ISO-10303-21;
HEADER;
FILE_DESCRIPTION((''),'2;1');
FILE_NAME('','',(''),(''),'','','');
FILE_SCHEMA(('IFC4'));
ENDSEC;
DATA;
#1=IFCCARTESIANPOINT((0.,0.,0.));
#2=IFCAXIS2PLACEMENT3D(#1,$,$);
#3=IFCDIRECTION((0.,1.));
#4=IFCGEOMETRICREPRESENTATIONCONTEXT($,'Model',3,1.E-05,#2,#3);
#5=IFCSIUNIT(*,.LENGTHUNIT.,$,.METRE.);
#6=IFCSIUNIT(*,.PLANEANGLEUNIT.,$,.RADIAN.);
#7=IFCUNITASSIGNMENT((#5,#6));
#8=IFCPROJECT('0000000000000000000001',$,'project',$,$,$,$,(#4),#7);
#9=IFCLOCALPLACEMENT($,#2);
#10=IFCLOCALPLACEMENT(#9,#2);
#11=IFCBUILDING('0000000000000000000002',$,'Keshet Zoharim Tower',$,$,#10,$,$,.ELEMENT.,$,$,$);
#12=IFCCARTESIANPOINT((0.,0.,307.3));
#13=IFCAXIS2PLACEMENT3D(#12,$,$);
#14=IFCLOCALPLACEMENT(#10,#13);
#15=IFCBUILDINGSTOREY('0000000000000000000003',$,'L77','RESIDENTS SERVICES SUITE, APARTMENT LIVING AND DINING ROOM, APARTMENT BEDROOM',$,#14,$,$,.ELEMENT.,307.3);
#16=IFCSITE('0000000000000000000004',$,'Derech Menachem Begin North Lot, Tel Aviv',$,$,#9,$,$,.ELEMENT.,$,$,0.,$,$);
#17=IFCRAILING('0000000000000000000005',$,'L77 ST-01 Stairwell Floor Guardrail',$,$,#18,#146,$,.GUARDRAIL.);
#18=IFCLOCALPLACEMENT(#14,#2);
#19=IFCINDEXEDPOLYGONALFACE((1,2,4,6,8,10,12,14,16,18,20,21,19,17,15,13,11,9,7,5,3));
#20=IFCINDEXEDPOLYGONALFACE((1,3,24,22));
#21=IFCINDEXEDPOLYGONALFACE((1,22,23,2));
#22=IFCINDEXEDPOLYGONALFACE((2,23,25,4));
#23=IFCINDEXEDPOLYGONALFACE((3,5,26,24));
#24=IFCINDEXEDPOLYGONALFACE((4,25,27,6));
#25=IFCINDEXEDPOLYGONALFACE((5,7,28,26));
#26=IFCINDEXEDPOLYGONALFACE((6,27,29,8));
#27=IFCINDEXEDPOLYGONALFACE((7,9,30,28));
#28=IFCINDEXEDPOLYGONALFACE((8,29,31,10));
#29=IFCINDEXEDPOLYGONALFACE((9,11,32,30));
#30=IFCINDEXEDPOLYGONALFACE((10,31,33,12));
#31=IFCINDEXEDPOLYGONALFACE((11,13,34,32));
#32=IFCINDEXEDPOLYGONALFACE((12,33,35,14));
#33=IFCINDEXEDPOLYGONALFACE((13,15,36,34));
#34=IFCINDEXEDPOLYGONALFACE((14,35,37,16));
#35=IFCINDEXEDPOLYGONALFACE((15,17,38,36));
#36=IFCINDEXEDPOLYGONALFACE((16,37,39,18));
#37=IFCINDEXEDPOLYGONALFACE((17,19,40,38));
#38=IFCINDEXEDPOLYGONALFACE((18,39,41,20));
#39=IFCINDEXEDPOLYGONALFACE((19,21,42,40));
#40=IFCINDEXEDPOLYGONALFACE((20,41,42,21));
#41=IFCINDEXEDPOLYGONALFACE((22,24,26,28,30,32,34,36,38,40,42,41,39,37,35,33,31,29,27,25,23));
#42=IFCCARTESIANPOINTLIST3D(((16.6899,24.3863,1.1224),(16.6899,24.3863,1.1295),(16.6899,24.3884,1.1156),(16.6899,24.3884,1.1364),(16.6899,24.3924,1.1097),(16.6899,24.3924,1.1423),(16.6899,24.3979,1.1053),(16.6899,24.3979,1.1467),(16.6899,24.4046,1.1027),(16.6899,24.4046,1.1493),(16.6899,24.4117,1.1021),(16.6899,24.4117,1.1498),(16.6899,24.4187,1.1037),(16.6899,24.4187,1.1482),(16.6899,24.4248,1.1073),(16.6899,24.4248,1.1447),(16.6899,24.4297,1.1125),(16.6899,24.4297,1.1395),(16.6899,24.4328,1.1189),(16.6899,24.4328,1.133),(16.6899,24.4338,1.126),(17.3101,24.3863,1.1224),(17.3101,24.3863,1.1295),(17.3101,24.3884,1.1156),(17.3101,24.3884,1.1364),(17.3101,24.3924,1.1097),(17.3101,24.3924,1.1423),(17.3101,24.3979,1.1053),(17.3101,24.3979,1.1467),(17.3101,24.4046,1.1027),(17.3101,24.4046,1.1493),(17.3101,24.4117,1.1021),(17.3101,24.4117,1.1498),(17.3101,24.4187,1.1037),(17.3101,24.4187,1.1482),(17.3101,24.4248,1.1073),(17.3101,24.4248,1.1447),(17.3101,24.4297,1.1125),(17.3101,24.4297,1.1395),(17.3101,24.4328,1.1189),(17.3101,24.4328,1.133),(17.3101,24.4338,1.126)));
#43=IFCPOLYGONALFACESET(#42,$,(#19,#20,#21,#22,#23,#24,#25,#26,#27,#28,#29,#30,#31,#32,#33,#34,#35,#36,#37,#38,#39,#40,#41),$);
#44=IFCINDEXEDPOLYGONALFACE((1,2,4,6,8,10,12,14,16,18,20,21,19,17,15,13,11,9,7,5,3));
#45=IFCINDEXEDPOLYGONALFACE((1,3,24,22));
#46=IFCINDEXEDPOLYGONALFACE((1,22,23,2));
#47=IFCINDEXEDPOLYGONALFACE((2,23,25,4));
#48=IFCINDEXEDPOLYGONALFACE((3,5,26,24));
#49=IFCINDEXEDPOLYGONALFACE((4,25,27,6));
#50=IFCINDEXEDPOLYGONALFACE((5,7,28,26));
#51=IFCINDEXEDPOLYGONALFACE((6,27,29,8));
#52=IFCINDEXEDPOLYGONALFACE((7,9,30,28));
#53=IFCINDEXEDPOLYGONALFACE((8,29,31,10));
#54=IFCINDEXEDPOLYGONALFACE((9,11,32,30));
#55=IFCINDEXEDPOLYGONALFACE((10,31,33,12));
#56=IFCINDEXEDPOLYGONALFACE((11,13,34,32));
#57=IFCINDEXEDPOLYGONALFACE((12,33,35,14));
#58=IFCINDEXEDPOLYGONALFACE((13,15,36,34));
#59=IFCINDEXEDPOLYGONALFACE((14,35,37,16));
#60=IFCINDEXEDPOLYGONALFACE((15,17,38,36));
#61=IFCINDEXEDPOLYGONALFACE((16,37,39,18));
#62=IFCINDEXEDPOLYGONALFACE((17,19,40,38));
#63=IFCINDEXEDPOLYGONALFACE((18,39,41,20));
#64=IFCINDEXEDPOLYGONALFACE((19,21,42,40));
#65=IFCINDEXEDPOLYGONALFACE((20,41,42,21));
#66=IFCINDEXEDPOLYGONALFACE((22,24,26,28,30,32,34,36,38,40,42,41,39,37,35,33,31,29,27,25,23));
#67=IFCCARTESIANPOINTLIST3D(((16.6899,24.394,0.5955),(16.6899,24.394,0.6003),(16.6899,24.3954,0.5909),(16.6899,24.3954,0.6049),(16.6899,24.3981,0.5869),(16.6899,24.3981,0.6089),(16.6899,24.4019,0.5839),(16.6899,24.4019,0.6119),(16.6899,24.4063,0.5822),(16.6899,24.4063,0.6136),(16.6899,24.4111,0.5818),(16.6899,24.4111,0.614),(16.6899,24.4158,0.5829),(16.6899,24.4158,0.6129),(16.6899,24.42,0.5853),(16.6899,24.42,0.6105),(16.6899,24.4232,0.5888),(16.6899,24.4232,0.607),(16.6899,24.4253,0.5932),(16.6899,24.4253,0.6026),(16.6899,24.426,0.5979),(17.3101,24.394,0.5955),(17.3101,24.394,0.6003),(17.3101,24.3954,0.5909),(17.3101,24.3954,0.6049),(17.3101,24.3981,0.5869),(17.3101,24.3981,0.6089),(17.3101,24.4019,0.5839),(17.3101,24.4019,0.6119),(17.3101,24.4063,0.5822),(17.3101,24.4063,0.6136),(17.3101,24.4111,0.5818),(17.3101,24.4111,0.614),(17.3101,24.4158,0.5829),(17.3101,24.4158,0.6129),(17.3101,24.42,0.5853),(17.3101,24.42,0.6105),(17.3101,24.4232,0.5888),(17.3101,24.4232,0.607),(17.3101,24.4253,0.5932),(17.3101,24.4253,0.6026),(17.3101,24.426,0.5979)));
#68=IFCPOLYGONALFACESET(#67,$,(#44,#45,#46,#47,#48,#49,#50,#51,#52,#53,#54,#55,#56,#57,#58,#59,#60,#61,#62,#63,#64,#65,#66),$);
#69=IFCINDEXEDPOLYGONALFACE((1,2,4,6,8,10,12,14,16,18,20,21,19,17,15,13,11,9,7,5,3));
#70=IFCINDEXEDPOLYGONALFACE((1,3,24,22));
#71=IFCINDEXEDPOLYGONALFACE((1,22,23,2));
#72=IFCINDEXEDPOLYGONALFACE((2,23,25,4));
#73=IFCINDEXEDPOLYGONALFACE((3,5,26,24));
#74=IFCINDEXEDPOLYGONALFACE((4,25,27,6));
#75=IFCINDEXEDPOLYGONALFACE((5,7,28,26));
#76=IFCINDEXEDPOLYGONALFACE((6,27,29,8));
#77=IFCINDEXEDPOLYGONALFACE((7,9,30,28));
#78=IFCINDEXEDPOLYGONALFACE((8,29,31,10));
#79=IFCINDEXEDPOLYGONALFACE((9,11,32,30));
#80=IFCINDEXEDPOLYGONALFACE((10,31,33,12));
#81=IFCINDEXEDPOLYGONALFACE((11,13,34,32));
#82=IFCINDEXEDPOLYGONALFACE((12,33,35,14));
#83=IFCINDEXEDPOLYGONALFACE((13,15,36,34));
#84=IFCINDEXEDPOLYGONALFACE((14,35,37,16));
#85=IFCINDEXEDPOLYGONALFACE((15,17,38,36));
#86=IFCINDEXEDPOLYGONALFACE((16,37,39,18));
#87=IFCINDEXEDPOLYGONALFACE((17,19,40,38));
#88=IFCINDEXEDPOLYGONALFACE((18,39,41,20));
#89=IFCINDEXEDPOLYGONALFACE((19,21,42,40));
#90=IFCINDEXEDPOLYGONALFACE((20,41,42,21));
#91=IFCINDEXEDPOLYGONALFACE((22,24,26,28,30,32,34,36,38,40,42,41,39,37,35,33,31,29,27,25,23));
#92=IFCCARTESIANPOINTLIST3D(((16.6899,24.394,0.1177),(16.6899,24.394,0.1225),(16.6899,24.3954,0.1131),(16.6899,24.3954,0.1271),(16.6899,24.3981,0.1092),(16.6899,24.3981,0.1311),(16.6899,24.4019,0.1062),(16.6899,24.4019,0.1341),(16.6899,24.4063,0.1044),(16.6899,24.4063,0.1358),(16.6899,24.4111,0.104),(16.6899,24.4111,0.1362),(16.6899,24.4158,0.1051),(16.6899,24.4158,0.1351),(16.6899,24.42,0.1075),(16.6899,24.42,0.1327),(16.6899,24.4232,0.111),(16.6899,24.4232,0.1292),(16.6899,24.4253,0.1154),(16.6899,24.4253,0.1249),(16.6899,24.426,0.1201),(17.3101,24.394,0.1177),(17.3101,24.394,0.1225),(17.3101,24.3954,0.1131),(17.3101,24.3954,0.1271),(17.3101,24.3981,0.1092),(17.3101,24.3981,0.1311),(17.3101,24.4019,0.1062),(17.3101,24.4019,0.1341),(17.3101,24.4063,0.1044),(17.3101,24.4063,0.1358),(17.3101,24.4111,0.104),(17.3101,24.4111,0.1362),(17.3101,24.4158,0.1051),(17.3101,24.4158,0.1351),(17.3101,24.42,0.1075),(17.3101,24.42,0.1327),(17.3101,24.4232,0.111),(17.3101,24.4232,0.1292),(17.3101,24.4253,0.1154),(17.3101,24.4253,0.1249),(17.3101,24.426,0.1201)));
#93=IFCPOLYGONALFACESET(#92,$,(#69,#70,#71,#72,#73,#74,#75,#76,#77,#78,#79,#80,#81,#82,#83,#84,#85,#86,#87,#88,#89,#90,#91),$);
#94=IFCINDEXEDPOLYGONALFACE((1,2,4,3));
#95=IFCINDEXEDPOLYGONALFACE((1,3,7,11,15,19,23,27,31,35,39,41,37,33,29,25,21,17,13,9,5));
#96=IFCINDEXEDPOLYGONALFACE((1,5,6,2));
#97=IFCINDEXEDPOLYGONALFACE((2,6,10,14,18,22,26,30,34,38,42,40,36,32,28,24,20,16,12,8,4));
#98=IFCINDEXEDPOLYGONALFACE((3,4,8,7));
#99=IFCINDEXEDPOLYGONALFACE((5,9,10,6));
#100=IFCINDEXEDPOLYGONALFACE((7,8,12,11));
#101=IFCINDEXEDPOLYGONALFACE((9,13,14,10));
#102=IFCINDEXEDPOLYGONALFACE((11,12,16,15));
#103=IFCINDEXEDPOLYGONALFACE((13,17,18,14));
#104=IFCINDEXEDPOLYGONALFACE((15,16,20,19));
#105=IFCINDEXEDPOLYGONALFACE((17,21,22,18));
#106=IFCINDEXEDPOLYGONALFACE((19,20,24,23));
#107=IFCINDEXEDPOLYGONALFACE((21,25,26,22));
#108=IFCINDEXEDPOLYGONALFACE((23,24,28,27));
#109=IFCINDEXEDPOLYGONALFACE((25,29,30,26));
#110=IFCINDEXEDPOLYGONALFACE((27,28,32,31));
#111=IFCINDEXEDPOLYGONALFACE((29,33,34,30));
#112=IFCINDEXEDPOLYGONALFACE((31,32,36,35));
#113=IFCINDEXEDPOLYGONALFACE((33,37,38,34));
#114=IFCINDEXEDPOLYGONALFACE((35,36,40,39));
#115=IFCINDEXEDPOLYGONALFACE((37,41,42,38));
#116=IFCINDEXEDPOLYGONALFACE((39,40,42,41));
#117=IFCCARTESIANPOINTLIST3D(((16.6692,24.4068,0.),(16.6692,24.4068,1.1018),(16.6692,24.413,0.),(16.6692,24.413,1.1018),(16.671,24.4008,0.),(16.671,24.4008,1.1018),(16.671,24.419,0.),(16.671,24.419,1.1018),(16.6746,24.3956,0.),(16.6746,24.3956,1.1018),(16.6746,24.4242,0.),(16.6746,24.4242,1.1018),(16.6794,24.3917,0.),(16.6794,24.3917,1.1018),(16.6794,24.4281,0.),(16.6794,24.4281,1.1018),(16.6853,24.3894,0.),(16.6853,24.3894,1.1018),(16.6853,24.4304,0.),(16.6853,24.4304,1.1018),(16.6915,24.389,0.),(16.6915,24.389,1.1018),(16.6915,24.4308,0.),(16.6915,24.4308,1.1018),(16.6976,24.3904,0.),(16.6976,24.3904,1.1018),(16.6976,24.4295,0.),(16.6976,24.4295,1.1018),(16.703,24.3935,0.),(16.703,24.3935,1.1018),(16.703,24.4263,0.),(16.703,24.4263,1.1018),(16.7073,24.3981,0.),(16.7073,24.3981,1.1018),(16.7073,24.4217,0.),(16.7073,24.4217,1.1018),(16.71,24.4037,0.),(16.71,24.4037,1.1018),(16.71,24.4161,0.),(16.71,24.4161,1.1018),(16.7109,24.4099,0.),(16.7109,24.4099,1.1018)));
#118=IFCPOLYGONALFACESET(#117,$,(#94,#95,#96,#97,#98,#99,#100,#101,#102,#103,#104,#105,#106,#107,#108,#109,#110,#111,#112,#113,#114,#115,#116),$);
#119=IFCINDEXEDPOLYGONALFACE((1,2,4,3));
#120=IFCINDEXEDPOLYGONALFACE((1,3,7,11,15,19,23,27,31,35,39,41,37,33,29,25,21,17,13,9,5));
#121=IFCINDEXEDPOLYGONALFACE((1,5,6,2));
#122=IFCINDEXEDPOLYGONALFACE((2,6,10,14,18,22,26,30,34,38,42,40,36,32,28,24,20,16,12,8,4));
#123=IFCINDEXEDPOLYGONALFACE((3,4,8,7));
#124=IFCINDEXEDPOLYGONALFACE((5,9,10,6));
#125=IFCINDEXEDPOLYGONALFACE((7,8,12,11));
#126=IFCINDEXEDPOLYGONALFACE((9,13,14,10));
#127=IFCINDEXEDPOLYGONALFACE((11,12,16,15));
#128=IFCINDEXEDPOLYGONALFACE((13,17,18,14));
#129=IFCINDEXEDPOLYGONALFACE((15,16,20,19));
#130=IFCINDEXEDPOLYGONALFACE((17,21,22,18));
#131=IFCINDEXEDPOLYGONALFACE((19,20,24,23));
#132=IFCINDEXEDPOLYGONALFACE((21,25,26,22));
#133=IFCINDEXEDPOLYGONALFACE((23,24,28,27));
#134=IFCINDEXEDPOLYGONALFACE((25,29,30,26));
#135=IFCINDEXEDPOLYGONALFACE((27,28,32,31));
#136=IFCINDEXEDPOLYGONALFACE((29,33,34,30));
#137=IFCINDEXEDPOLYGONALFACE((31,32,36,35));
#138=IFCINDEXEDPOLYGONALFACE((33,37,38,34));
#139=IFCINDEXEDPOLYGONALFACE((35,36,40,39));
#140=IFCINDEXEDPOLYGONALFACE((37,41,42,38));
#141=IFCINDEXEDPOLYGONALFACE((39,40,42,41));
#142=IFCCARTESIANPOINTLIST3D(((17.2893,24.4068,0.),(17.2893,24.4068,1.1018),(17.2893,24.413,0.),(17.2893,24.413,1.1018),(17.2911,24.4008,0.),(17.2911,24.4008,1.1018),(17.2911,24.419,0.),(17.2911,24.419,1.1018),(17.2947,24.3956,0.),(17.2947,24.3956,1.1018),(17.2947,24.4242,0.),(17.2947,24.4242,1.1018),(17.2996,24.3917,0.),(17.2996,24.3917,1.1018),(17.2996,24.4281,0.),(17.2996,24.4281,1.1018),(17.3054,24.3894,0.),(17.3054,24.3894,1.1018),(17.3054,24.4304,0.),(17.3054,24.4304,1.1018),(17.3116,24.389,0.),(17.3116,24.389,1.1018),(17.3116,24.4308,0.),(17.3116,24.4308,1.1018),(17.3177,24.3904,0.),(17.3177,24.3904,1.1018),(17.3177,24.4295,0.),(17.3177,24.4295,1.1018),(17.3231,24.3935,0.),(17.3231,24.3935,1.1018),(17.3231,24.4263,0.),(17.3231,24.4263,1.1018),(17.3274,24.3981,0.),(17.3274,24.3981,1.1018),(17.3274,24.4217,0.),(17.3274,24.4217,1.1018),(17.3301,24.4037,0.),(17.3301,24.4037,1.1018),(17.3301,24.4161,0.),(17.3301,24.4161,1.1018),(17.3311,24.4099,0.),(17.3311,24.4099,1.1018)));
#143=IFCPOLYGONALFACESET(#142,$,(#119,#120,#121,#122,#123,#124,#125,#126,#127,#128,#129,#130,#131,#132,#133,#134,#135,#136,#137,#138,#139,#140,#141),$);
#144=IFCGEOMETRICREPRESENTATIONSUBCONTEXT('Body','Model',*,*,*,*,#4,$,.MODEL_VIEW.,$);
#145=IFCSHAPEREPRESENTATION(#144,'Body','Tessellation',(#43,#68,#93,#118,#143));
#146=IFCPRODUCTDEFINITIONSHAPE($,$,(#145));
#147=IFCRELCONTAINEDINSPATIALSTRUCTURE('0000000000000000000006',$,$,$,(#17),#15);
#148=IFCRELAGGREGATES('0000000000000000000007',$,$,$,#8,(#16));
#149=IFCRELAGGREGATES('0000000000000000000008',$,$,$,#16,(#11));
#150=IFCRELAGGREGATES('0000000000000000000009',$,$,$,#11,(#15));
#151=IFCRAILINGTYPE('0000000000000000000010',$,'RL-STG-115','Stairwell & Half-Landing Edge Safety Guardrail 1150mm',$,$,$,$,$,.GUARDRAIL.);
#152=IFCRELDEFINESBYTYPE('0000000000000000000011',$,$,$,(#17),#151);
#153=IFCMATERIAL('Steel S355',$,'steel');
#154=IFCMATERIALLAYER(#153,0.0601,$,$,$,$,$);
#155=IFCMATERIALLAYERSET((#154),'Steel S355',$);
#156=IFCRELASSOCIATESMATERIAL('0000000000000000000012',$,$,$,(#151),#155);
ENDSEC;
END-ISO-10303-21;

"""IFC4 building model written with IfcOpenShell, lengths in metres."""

from ifc_helpers import new_model, si_unit, direction, frame, origin, origin_2d, place, context, subcontext, project, spatial, circle, extrude, material, layer, layer_set, type_object, element, save


model = new_model("IFC4")

# Units and contexts
model_context = context("Model", 3, precision=1e-05, world=origin(), true_north=direction((0.0, 1.0)))
body_context = subcontext(model_context, "Body", "Model", "MODEL_VIEW")
ifc_project = project(units=[si_unit("LENGTHUNIT", "METRE"), si_unit("PLANEANGLEUNIT", "RADIAN")], contexts=[model_context])

# Site, building, storey
site_placement = place(None, origin())
site = spatial("IfcSite", under=ifc_project, at=site_placement, Name="Derech Menachem Begin North Lot, Tel Aviv", CompositionType="ELEMENT", RefElevation=0.0)
building_placement = place(site_placement, origin())
building = spatial("IfcBuilding", under=site, at=building_placement, Name="Keshet Zoharim Tower", CompositionType="ELEMENT")
storey_placement = place(building_placement, frame((0.0, 0.0, 307.3)))
storey = spatial("IfcBuildingStorey", under=building, at=storey_placement, Name="L77", Description="RESIDENTS SERVICES SUITE, APARTMENT LIVING AND DINING ROOM, APARTMENT BEDROOM", CompositionType="ELEMENT", Elevation=307.3)

# Shared definitions
ifc_material_1 = material(Name="Steel S355", Category="steel")

# Railing
ifc_layer_1 = layer(ifc_material_1, 0.0601)
ifc_layer_set_1 = layer_set([ifc_layer_1], Name="Steel S355")
railing_type_1 = type_object("IfcRailingType", Name="RL-STG-115", Description="Stairwell & Half-Landing Edge Safety Guardrail 1150mm", PredefinedType="GUARDRAIL", material=ifc_layer_set_1)
railing_1_placement = place(storey_placement, frame((16.6899, 24.4099, 0.0)))
element("IfcRailing", 1, at=railing_1_placement, inside=storey, type_object=railing_type_1, Name="L77 ST-01 Stairwell Floor Guardrail", PredefinedType="GUARDRAIL", context=body_context, shape_type="SweptSolid", body=[
    extrude(circle(Radius=0.0239, at=origin_2d()), frame((0.0, 0.0, 1.126), z_axis=(1.0, 0.0, 0.0), x_axis=(0.0, 1.0, 0.0)), (0.0, 0.0, 1.0), 0.6201),
    extrude(circle(Radius=0.0161, at=origin_2d()), frame((0.0, 0.0, 0.5979), z_axis=(1.0, 0.0, 0.0), x_axis=(0.0, 1.0, 0.0)), (0.0, 0.0, 1.0), 0.6201),
    extrude(circle(Radius=0.0161, at=origin_2d()), frame((0.0, 0.0, 0.1201), z_axis=(1.0, 0.0, 0.0), x_axis=(0.0, 1.0, 0.0)), (0.0, 0.0, 1.0), 0.6201),
    extrude(circle(Radius=0.021, at=origin_2d()), origin(), (0.0, 0.0, 1.0), 1.1018),
    extrude(circle(Radius=0.021, at=origin_2d()), frame((0.6201, 0.0, 0.0)), (0.0, 0.0, 1.0), 1.1018),
])

save(model, "model.ifc")
